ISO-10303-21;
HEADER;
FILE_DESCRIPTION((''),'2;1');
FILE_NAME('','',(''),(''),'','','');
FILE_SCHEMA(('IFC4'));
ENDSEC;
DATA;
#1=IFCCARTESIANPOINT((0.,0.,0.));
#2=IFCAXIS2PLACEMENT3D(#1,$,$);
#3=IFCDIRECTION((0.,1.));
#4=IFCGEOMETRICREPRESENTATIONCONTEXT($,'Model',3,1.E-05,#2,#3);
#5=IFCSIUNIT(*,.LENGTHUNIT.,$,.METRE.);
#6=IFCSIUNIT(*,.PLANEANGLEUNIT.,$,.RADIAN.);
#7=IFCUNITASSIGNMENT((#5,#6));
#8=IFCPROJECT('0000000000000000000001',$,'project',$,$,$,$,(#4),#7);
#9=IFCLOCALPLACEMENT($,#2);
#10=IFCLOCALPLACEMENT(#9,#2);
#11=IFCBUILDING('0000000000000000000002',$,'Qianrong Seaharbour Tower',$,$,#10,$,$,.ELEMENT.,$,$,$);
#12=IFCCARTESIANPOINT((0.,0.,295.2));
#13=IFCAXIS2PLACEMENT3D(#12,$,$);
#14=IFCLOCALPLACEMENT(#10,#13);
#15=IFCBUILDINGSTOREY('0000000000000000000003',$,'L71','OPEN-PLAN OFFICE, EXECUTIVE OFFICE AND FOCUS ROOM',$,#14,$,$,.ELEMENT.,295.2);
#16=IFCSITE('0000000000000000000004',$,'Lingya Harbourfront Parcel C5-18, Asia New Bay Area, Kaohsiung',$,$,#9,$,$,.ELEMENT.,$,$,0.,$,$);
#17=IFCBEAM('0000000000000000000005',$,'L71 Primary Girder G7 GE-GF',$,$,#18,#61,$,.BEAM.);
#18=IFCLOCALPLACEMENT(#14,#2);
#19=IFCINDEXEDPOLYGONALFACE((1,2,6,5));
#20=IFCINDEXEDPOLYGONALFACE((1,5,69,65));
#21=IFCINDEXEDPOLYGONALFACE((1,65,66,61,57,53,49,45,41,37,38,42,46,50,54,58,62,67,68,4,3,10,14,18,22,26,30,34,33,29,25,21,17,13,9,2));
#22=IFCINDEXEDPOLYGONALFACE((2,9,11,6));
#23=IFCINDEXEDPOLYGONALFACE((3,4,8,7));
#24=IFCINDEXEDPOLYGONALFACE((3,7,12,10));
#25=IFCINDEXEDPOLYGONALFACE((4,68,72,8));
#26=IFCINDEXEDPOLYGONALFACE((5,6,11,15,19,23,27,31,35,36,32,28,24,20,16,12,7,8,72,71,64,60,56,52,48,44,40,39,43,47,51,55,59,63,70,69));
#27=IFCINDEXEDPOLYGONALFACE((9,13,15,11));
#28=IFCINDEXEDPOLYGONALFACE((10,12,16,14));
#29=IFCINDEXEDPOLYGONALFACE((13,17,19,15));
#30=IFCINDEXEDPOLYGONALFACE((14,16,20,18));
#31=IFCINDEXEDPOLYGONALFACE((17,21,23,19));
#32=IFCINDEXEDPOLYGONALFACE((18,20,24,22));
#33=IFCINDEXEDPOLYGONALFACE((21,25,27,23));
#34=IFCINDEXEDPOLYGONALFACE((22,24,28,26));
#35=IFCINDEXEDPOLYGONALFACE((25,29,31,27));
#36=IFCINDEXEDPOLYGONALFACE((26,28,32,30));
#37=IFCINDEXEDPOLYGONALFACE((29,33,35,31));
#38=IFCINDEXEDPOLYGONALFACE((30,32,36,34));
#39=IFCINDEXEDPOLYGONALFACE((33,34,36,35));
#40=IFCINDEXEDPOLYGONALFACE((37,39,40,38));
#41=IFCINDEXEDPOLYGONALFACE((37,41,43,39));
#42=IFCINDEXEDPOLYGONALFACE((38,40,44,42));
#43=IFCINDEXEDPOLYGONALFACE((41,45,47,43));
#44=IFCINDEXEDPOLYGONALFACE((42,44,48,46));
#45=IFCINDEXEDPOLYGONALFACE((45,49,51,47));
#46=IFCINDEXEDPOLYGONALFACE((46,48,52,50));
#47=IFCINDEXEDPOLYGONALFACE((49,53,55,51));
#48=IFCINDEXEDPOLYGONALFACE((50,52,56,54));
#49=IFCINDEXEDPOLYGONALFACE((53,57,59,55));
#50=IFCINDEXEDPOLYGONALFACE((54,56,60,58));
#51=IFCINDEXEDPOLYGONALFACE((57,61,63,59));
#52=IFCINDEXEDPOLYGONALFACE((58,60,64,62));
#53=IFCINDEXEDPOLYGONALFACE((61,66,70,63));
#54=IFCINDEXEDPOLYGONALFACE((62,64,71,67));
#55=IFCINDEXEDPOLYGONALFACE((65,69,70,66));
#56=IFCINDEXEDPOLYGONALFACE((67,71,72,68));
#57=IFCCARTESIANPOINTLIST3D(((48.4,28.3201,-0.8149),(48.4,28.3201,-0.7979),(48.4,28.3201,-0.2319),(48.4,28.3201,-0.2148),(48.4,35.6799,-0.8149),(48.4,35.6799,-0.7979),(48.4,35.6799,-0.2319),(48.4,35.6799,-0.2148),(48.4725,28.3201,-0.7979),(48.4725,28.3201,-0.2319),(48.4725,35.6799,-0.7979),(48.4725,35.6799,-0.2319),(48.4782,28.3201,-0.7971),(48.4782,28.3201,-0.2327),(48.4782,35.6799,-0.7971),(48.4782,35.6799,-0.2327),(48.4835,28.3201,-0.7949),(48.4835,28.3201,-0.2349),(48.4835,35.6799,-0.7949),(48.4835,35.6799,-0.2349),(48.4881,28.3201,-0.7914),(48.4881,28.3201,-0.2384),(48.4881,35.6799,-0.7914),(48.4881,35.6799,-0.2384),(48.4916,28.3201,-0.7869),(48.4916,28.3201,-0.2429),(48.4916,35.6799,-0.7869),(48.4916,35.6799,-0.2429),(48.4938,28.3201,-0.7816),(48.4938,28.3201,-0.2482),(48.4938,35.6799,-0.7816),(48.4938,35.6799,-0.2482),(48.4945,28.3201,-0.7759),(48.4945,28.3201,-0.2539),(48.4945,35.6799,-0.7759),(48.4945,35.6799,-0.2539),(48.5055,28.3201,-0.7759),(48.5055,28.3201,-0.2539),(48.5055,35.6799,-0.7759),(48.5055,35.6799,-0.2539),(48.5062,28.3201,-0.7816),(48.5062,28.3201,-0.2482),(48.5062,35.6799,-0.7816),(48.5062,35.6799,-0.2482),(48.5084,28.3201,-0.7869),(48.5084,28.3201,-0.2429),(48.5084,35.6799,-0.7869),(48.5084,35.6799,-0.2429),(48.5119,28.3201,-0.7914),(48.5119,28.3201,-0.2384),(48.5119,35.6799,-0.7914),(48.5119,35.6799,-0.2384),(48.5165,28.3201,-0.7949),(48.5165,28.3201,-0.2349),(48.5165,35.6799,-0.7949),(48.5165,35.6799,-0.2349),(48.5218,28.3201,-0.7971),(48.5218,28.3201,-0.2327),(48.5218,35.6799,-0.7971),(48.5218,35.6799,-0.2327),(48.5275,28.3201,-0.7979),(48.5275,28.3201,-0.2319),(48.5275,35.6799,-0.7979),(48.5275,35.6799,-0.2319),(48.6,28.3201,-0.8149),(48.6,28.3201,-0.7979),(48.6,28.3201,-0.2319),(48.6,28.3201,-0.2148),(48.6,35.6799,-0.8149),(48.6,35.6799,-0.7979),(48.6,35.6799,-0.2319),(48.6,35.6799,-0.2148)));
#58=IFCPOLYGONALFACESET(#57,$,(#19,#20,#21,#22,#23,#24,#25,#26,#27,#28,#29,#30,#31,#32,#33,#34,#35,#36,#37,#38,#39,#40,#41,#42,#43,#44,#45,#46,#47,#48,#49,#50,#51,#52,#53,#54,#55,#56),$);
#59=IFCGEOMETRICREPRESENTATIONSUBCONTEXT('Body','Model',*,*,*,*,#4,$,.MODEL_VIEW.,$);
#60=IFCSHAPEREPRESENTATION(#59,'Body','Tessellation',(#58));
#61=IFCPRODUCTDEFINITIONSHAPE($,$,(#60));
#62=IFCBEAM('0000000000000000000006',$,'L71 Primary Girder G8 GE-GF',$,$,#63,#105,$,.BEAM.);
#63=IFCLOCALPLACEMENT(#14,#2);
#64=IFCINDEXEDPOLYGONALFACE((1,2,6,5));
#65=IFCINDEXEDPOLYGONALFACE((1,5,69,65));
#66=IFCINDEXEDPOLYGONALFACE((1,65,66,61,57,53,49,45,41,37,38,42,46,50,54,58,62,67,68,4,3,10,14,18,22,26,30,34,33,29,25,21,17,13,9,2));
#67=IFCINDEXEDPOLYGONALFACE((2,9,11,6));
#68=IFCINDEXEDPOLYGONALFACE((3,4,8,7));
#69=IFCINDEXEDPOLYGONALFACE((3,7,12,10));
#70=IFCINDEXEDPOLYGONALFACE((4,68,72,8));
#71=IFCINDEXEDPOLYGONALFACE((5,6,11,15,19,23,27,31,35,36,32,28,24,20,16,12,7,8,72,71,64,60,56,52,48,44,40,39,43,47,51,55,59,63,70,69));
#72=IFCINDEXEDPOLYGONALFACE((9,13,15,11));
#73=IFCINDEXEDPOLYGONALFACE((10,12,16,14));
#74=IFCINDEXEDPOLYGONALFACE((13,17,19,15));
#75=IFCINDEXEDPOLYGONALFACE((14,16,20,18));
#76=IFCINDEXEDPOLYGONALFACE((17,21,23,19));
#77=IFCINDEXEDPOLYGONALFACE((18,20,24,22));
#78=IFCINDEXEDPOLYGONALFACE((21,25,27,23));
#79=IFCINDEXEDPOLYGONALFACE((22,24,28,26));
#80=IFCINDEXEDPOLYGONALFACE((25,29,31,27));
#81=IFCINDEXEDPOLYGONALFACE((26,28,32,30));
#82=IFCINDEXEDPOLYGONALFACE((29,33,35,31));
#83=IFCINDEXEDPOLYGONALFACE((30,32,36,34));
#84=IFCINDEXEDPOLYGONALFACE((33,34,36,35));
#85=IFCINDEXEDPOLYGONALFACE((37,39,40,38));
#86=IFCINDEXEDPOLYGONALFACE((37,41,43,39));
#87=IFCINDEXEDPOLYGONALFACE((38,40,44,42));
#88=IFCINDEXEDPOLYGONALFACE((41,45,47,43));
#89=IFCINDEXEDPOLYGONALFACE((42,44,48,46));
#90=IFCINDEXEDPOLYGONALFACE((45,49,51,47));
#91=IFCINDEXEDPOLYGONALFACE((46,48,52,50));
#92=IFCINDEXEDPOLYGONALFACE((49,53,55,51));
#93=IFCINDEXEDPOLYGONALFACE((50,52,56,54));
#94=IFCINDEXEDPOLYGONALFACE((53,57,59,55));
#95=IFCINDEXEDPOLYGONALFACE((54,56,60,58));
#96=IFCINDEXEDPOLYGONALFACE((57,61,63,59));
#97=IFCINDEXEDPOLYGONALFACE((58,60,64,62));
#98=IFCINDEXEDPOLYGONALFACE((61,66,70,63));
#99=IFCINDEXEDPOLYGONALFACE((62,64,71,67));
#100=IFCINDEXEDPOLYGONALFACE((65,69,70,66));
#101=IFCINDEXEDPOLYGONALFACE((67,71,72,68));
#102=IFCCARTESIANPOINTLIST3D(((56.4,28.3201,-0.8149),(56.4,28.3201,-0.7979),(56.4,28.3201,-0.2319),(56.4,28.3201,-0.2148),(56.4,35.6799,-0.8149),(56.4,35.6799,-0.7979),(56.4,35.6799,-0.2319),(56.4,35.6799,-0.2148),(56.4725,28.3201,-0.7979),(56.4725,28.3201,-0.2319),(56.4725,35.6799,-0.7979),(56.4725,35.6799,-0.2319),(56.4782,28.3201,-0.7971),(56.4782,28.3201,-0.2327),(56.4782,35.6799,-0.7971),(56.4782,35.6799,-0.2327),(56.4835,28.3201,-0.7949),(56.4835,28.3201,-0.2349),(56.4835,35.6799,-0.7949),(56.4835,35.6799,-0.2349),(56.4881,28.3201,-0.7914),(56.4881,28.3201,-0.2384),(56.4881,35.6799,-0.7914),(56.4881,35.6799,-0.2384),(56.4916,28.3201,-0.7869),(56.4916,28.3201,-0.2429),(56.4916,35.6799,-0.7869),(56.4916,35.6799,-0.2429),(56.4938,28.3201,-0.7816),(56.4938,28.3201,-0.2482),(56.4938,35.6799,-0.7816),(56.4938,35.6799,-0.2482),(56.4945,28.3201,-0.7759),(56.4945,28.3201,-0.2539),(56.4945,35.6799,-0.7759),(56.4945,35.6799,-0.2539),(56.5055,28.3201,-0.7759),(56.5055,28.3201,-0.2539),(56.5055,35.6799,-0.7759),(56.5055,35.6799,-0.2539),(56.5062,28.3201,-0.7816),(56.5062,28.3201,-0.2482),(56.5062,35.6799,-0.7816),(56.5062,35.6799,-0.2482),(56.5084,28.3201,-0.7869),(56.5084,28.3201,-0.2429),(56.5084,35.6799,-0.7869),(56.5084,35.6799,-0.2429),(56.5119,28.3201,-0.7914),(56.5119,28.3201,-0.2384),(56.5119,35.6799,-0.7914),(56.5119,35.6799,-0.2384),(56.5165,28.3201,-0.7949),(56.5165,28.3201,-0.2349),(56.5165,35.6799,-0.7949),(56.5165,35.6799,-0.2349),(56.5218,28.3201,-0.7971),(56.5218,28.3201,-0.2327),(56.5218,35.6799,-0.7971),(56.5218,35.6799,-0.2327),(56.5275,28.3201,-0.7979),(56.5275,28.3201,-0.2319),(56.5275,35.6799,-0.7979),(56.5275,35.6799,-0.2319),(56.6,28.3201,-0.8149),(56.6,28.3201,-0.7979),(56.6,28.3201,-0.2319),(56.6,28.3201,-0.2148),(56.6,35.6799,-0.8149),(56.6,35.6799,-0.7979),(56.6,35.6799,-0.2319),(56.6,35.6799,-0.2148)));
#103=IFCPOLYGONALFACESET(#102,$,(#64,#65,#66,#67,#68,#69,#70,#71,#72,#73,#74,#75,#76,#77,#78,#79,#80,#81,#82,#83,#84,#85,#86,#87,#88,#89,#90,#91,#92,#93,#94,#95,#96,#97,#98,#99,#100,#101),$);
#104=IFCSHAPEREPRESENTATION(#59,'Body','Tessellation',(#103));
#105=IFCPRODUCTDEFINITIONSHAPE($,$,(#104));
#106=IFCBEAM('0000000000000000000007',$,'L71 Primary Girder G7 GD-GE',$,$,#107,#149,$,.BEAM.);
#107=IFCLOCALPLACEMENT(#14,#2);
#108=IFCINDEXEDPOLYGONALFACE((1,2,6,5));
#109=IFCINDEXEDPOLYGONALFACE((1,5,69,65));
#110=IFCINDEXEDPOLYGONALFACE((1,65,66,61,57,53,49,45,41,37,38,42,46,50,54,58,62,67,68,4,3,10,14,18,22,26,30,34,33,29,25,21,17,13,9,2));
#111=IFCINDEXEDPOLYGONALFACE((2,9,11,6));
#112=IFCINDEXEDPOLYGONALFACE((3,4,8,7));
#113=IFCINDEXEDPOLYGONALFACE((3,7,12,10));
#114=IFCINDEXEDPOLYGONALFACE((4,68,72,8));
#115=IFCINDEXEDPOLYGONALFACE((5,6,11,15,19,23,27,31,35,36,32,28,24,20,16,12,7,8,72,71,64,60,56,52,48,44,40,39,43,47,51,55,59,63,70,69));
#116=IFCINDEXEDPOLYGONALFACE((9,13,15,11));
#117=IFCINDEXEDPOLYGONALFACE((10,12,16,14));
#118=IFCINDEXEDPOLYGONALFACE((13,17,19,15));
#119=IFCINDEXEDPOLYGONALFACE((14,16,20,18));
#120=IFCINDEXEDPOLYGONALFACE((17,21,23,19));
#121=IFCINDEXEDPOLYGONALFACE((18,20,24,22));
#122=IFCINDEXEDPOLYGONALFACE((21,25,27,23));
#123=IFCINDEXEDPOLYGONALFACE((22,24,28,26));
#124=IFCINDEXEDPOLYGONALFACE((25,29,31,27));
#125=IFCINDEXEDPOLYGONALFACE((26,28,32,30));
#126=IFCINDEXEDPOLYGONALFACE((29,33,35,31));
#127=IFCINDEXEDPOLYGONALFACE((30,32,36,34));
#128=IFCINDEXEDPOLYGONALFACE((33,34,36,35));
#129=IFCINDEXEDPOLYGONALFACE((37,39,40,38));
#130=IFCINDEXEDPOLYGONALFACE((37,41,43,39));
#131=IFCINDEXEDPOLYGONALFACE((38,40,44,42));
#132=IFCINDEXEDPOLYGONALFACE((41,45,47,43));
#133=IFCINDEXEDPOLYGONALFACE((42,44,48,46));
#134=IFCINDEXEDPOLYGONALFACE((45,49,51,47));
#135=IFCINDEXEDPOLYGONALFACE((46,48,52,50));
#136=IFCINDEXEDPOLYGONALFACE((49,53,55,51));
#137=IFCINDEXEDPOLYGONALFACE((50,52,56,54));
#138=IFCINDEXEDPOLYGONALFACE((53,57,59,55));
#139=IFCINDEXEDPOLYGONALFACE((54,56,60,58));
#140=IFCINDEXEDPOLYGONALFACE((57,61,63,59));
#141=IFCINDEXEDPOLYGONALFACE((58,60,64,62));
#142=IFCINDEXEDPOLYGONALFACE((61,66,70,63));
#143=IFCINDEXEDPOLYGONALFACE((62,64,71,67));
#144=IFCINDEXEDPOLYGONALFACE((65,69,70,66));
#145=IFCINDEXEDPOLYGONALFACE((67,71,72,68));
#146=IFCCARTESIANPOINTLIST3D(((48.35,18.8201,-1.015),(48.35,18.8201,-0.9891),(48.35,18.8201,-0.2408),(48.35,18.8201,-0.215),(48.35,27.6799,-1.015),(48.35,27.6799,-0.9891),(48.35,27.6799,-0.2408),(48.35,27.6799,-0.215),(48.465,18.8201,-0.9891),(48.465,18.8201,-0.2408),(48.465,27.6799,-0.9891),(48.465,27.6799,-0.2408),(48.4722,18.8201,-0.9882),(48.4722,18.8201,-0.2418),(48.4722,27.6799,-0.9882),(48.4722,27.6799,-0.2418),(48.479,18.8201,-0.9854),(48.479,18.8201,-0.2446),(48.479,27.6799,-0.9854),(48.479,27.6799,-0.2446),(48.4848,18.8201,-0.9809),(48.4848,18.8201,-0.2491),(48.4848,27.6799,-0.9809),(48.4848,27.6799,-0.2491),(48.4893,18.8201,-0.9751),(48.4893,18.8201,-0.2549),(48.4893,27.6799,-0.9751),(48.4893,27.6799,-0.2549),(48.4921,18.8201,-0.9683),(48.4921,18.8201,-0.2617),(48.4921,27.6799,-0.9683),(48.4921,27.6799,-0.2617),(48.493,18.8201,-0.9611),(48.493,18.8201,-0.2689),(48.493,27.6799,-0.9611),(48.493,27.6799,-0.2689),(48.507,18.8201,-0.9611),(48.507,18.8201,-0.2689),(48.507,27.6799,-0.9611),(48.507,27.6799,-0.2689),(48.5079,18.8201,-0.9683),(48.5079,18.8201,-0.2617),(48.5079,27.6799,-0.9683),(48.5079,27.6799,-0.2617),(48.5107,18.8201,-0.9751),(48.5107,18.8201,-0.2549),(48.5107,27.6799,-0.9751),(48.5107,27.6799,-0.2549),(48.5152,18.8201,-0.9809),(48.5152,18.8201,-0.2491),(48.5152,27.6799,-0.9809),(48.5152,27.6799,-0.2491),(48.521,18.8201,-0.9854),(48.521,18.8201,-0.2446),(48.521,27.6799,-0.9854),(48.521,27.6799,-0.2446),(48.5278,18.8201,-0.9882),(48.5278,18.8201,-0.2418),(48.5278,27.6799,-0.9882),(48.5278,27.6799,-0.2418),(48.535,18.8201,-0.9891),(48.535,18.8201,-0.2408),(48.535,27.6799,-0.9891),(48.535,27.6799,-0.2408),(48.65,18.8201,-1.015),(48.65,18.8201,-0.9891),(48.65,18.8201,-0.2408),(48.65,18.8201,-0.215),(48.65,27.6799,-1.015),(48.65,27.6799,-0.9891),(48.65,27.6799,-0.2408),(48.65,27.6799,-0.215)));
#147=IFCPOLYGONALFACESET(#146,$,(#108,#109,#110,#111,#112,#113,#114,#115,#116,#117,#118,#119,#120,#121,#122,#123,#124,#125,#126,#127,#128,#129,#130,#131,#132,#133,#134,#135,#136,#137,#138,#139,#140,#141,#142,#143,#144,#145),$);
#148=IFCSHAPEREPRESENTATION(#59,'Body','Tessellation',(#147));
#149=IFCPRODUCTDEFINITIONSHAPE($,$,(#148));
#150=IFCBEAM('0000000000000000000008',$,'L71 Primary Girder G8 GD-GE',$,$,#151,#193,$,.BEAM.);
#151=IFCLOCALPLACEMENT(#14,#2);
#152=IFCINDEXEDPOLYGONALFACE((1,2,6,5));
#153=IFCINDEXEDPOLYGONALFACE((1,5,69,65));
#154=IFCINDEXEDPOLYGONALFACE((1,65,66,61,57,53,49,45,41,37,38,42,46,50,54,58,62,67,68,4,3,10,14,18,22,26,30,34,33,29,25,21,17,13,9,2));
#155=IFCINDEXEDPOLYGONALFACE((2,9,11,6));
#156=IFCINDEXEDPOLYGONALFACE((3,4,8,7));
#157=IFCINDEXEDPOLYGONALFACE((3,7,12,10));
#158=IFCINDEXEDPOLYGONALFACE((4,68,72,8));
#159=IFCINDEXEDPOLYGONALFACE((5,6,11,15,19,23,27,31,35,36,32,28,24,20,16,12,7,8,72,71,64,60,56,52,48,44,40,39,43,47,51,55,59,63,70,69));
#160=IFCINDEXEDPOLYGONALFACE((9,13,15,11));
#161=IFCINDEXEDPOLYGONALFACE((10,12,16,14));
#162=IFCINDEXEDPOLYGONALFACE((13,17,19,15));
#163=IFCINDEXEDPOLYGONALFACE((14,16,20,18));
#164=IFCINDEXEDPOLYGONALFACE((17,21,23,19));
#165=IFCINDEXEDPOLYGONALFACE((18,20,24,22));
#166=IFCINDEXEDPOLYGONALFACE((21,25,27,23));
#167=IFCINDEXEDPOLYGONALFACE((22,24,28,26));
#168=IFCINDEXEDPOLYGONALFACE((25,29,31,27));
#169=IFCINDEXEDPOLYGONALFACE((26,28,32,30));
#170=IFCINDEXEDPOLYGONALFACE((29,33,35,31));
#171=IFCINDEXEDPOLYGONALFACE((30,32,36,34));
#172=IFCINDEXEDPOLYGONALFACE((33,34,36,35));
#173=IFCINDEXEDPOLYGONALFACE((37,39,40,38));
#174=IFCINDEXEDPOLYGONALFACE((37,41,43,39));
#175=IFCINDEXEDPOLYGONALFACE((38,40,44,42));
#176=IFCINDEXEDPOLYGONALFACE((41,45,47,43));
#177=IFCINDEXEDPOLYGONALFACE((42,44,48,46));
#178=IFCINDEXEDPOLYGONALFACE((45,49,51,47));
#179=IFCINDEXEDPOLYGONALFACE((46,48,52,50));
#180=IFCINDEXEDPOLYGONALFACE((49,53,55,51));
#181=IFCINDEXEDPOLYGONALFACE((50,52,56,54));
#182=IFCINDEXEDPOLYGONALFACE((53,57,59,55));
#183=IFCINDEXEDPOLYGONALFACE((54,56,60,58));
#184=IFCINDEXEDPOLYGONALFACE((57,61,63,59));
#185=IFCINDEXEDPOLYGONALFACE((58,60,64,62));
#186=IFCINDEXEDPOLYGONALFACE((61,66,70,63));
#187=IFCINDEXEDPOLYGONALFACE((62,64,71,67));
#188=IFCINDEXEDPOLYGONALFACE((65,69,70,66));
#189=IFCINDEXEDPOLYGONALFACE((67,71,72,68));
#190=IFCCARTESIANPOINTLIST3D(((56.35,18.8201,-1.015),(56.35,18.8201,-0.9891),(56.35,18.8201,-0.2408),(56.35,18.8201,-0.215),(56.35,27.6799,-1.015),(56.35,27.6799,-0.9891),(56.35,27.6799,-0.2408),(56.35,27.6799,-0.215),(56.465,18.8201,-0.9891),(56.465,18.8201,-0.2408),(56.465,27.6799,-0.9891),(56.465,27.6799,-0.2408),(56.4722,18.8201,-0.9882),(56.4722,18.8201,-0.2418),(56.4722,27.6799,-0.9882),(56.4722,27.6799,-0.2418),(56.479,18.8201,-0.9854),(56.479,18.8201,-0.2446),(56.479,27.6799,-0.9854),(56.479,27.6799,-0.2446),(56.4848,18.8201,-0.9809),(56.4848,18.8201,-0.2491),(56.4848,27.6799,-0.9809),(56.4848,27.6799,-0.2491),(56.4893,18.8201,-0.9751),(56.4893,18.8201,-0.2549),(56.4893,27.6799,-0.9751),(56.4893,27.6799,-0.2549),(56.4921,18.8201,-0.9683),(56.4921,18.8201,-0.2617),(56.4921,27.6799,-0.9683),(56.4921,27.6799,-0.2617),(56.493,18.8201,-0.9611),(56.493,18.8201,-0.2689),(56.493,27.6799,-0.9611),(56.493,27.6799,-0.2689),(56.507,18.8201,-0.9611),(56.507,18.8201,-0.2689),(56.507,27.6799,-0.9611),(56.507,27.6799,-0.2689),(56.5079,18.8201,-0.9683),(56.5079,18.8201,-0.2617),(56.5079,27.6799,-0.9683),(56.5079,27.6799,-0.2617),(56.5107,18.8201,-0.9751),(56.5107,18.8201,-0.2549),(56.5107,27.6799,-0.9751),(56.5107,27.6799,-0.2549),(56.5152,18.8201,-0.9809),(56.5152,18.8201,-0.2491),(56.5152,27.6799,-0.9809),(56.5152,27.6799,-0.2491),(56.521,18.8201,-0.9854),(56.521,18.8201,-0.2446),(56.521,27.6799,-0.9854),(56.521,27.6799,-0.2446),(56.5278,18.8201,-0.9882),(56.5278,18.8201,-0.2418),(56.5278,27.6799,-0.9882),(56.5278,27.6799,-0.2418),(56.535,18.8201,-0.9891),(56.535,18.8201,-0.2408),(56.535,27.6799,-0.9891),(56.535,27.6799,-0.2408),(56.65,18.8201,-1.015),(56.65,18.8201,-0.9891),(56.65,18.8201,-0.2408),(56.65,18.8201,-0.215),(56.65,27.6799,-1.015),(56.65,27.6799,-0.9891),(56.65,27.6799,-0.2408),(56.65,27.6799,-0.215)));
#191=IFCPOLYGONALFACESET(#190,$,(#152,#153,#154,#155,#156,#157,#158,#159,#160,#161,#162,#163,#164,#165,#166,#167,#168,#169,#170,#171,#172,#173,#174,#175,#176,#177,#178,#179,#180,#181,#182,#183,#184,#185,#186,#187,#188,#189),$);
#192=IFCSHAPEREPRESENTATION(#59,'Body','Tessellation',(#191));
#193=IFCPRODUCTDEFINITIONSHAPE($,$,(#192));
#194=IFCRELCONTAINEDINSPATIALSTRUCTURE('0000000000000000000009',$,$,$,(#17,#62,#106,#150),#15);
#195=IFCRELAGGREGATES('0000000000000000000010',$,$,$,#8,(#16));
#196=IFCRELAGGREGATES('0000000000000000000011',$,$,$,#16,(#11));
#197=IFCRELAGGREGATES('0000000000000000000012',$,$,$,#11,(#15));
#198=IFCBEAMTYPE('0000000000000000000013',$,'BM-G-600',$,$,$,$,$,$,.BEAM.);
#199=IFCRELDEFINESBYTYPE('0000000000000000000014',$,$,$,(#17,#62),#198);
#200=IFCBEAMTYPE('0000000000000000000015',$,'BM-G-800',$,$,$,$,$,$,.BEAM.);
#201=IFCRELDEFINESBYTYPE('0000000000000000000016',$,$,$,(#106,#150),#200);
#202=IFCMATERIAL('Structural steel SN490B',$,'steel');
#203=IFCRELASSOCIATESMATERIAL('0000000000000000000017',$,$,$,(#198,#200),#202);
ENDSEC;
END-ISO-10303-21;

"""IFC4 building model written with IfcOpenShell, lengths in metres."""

from ifc_helpers import new_model, si_unit, direction, frame, origin, origin_2d, place, context, subcontext, project, spatial, i_section, extrude, material, material_profile, profile_set, type_object, element, save


model = new_model("IFC4")

# Units and contexts
model_context = context("Model", 3, precision=1e-05, world=origin(), true_north=direction((0.0, 1.0)))
body_context = subcontext(model_context, "Body", "Model", "MODEL_VIEW")
ifc_project = project(units=[si_unit("LENGTHUNIT", "METRE"), si_unit("PLANEANGLEUNIT", "RADIAN")], contexts=[model_context])

# Site, building, storey
site_placement = place(None, origin())
site = spatial("IfcSite", under=ifc_project, at=site_placement, Name="Lingya Harbourfront Parcel C5-18, Asia New Bay Area, Kaohsiung", CompositionType="ELEMENT", RefElevation=0.0)
building_placement = place(site_placement, origin())
building = spatial("IfcBuilding", under=site, at=building_placement, Name="Qianrong Seaharbour Tower", CompositionType="ELEMENT")
storey_placement = place(building_placement, frame((0.0, 0.0, 295.2)))
storey = spatial("IfcBuildingStorey", under=building, at=storey_placement, Name="L71", Description="OPEN-PLAN OFFICE, EXECUTIVE OFFICE AND FOCUS ROOM", CompositionType="ELEMENT", Elevation=295.2)

# Beams
ifc_material_1 = material(Name="Structural steel SN490B", Category="steel")
ifc_material_profile_1 = material_profile(ifc_material_1, i_section(OverallWidth=0.2, OverallDepth=0.6001, WebThickness=0.011, FlangeThickness=0.0171, FilletRadius=0.022, at=origin_2d()), Name="H600x200x11x17")
ifc_profile_set_1 = profile_set([ifc_material_profile_1], Name="Structural steel SN490B")
beam_type_1 = type_object("IfcBeamType", Name="BM-G-600", PredefinedType="BEAM", material=ifc_profile_set_1)
for number, where, z_axis, x_axis, name in (
    (1, (48.5, 28.3201, -0.5149), (0.0, 1.0, 0.0), (-1.0, 0.0, 0.0), "L71 Primary Girder G7 GE-GF"),
    (2, (56.5, 28.3201, -0.5149), (0.0, 1.0, 0.0), (-1.0, 0.0, 0.0), "L71 Primary Girder G8 GE-GF"),
):
    element("IfcBeam", number, at=place(storey_placement, frame(where, z_axis=z_axis, x_axis=x_axis)), inside=storey, type_object=beam_type_1, Name=name, PredefinedType="BEAM", context=body_context, shape_type="SweptSolid", body=[
        extrude(i_section(OverallWidth=0.2, OverallDepth=0.6001, WebThickness=0.011, FlangeThickness=0.0171, FilletRadius=0.022, at=origin_2d()), origin(), (0.0, 0.0, 1.0), 7.3599),
    ])
ifc_material_profile_2 = material_profile(ifc_material_1, i_section(OverallWidth=0.3, OverallDepth=0.8, WebThickness=0.0139, FlangeThickness=0.0259, FilletRadius=0.0281, at=origin_2d()), Name="H800x300x14x26")
ifc_profile_set_2 = profile_set([ifc_material_profile_2], Name="Structural steel SN490B")
beam_type_2 = type_object("IfcBeamType", Name="BM-G-800", PredefinedType="BEAM", material=ifc_profile_set_2)
for number, where, z_axis, x_axis, name in (
    (3, (48.5, 18.8201, -0.615), (0.0, 1.0, 0.0), (-1.0, 0.0, 0.0), "L71 Primary Girder G7 GD-GE"),
    (4, (56.5, 18.8201, -0.615), (0.0, 1.0, 0.0), (-1.0, 0.0, 0.0), "L71 Primary Girder G8 GD-GE"),
):
    element("IfcBeam", number, at=place(storey_placement, frame(where, z_axis=z_axis, x_axis=x_axis)), inside=storey, type_object=beam_type_2, Name=name, PredefinedType="BEAM", context=body_context, shape_type="SweptSolid", body=[
        extrude(i_section(OverallWidth=0.3, OverallDepth=0.8, WebThickness=0.0139, FlangeThickness=0.0259, FilletRadius=0.0281, at=origin_2d()), origin(), (0.0, 0.0, 1.0), 8.8599),
    ])

save(model, "model.ifc")
